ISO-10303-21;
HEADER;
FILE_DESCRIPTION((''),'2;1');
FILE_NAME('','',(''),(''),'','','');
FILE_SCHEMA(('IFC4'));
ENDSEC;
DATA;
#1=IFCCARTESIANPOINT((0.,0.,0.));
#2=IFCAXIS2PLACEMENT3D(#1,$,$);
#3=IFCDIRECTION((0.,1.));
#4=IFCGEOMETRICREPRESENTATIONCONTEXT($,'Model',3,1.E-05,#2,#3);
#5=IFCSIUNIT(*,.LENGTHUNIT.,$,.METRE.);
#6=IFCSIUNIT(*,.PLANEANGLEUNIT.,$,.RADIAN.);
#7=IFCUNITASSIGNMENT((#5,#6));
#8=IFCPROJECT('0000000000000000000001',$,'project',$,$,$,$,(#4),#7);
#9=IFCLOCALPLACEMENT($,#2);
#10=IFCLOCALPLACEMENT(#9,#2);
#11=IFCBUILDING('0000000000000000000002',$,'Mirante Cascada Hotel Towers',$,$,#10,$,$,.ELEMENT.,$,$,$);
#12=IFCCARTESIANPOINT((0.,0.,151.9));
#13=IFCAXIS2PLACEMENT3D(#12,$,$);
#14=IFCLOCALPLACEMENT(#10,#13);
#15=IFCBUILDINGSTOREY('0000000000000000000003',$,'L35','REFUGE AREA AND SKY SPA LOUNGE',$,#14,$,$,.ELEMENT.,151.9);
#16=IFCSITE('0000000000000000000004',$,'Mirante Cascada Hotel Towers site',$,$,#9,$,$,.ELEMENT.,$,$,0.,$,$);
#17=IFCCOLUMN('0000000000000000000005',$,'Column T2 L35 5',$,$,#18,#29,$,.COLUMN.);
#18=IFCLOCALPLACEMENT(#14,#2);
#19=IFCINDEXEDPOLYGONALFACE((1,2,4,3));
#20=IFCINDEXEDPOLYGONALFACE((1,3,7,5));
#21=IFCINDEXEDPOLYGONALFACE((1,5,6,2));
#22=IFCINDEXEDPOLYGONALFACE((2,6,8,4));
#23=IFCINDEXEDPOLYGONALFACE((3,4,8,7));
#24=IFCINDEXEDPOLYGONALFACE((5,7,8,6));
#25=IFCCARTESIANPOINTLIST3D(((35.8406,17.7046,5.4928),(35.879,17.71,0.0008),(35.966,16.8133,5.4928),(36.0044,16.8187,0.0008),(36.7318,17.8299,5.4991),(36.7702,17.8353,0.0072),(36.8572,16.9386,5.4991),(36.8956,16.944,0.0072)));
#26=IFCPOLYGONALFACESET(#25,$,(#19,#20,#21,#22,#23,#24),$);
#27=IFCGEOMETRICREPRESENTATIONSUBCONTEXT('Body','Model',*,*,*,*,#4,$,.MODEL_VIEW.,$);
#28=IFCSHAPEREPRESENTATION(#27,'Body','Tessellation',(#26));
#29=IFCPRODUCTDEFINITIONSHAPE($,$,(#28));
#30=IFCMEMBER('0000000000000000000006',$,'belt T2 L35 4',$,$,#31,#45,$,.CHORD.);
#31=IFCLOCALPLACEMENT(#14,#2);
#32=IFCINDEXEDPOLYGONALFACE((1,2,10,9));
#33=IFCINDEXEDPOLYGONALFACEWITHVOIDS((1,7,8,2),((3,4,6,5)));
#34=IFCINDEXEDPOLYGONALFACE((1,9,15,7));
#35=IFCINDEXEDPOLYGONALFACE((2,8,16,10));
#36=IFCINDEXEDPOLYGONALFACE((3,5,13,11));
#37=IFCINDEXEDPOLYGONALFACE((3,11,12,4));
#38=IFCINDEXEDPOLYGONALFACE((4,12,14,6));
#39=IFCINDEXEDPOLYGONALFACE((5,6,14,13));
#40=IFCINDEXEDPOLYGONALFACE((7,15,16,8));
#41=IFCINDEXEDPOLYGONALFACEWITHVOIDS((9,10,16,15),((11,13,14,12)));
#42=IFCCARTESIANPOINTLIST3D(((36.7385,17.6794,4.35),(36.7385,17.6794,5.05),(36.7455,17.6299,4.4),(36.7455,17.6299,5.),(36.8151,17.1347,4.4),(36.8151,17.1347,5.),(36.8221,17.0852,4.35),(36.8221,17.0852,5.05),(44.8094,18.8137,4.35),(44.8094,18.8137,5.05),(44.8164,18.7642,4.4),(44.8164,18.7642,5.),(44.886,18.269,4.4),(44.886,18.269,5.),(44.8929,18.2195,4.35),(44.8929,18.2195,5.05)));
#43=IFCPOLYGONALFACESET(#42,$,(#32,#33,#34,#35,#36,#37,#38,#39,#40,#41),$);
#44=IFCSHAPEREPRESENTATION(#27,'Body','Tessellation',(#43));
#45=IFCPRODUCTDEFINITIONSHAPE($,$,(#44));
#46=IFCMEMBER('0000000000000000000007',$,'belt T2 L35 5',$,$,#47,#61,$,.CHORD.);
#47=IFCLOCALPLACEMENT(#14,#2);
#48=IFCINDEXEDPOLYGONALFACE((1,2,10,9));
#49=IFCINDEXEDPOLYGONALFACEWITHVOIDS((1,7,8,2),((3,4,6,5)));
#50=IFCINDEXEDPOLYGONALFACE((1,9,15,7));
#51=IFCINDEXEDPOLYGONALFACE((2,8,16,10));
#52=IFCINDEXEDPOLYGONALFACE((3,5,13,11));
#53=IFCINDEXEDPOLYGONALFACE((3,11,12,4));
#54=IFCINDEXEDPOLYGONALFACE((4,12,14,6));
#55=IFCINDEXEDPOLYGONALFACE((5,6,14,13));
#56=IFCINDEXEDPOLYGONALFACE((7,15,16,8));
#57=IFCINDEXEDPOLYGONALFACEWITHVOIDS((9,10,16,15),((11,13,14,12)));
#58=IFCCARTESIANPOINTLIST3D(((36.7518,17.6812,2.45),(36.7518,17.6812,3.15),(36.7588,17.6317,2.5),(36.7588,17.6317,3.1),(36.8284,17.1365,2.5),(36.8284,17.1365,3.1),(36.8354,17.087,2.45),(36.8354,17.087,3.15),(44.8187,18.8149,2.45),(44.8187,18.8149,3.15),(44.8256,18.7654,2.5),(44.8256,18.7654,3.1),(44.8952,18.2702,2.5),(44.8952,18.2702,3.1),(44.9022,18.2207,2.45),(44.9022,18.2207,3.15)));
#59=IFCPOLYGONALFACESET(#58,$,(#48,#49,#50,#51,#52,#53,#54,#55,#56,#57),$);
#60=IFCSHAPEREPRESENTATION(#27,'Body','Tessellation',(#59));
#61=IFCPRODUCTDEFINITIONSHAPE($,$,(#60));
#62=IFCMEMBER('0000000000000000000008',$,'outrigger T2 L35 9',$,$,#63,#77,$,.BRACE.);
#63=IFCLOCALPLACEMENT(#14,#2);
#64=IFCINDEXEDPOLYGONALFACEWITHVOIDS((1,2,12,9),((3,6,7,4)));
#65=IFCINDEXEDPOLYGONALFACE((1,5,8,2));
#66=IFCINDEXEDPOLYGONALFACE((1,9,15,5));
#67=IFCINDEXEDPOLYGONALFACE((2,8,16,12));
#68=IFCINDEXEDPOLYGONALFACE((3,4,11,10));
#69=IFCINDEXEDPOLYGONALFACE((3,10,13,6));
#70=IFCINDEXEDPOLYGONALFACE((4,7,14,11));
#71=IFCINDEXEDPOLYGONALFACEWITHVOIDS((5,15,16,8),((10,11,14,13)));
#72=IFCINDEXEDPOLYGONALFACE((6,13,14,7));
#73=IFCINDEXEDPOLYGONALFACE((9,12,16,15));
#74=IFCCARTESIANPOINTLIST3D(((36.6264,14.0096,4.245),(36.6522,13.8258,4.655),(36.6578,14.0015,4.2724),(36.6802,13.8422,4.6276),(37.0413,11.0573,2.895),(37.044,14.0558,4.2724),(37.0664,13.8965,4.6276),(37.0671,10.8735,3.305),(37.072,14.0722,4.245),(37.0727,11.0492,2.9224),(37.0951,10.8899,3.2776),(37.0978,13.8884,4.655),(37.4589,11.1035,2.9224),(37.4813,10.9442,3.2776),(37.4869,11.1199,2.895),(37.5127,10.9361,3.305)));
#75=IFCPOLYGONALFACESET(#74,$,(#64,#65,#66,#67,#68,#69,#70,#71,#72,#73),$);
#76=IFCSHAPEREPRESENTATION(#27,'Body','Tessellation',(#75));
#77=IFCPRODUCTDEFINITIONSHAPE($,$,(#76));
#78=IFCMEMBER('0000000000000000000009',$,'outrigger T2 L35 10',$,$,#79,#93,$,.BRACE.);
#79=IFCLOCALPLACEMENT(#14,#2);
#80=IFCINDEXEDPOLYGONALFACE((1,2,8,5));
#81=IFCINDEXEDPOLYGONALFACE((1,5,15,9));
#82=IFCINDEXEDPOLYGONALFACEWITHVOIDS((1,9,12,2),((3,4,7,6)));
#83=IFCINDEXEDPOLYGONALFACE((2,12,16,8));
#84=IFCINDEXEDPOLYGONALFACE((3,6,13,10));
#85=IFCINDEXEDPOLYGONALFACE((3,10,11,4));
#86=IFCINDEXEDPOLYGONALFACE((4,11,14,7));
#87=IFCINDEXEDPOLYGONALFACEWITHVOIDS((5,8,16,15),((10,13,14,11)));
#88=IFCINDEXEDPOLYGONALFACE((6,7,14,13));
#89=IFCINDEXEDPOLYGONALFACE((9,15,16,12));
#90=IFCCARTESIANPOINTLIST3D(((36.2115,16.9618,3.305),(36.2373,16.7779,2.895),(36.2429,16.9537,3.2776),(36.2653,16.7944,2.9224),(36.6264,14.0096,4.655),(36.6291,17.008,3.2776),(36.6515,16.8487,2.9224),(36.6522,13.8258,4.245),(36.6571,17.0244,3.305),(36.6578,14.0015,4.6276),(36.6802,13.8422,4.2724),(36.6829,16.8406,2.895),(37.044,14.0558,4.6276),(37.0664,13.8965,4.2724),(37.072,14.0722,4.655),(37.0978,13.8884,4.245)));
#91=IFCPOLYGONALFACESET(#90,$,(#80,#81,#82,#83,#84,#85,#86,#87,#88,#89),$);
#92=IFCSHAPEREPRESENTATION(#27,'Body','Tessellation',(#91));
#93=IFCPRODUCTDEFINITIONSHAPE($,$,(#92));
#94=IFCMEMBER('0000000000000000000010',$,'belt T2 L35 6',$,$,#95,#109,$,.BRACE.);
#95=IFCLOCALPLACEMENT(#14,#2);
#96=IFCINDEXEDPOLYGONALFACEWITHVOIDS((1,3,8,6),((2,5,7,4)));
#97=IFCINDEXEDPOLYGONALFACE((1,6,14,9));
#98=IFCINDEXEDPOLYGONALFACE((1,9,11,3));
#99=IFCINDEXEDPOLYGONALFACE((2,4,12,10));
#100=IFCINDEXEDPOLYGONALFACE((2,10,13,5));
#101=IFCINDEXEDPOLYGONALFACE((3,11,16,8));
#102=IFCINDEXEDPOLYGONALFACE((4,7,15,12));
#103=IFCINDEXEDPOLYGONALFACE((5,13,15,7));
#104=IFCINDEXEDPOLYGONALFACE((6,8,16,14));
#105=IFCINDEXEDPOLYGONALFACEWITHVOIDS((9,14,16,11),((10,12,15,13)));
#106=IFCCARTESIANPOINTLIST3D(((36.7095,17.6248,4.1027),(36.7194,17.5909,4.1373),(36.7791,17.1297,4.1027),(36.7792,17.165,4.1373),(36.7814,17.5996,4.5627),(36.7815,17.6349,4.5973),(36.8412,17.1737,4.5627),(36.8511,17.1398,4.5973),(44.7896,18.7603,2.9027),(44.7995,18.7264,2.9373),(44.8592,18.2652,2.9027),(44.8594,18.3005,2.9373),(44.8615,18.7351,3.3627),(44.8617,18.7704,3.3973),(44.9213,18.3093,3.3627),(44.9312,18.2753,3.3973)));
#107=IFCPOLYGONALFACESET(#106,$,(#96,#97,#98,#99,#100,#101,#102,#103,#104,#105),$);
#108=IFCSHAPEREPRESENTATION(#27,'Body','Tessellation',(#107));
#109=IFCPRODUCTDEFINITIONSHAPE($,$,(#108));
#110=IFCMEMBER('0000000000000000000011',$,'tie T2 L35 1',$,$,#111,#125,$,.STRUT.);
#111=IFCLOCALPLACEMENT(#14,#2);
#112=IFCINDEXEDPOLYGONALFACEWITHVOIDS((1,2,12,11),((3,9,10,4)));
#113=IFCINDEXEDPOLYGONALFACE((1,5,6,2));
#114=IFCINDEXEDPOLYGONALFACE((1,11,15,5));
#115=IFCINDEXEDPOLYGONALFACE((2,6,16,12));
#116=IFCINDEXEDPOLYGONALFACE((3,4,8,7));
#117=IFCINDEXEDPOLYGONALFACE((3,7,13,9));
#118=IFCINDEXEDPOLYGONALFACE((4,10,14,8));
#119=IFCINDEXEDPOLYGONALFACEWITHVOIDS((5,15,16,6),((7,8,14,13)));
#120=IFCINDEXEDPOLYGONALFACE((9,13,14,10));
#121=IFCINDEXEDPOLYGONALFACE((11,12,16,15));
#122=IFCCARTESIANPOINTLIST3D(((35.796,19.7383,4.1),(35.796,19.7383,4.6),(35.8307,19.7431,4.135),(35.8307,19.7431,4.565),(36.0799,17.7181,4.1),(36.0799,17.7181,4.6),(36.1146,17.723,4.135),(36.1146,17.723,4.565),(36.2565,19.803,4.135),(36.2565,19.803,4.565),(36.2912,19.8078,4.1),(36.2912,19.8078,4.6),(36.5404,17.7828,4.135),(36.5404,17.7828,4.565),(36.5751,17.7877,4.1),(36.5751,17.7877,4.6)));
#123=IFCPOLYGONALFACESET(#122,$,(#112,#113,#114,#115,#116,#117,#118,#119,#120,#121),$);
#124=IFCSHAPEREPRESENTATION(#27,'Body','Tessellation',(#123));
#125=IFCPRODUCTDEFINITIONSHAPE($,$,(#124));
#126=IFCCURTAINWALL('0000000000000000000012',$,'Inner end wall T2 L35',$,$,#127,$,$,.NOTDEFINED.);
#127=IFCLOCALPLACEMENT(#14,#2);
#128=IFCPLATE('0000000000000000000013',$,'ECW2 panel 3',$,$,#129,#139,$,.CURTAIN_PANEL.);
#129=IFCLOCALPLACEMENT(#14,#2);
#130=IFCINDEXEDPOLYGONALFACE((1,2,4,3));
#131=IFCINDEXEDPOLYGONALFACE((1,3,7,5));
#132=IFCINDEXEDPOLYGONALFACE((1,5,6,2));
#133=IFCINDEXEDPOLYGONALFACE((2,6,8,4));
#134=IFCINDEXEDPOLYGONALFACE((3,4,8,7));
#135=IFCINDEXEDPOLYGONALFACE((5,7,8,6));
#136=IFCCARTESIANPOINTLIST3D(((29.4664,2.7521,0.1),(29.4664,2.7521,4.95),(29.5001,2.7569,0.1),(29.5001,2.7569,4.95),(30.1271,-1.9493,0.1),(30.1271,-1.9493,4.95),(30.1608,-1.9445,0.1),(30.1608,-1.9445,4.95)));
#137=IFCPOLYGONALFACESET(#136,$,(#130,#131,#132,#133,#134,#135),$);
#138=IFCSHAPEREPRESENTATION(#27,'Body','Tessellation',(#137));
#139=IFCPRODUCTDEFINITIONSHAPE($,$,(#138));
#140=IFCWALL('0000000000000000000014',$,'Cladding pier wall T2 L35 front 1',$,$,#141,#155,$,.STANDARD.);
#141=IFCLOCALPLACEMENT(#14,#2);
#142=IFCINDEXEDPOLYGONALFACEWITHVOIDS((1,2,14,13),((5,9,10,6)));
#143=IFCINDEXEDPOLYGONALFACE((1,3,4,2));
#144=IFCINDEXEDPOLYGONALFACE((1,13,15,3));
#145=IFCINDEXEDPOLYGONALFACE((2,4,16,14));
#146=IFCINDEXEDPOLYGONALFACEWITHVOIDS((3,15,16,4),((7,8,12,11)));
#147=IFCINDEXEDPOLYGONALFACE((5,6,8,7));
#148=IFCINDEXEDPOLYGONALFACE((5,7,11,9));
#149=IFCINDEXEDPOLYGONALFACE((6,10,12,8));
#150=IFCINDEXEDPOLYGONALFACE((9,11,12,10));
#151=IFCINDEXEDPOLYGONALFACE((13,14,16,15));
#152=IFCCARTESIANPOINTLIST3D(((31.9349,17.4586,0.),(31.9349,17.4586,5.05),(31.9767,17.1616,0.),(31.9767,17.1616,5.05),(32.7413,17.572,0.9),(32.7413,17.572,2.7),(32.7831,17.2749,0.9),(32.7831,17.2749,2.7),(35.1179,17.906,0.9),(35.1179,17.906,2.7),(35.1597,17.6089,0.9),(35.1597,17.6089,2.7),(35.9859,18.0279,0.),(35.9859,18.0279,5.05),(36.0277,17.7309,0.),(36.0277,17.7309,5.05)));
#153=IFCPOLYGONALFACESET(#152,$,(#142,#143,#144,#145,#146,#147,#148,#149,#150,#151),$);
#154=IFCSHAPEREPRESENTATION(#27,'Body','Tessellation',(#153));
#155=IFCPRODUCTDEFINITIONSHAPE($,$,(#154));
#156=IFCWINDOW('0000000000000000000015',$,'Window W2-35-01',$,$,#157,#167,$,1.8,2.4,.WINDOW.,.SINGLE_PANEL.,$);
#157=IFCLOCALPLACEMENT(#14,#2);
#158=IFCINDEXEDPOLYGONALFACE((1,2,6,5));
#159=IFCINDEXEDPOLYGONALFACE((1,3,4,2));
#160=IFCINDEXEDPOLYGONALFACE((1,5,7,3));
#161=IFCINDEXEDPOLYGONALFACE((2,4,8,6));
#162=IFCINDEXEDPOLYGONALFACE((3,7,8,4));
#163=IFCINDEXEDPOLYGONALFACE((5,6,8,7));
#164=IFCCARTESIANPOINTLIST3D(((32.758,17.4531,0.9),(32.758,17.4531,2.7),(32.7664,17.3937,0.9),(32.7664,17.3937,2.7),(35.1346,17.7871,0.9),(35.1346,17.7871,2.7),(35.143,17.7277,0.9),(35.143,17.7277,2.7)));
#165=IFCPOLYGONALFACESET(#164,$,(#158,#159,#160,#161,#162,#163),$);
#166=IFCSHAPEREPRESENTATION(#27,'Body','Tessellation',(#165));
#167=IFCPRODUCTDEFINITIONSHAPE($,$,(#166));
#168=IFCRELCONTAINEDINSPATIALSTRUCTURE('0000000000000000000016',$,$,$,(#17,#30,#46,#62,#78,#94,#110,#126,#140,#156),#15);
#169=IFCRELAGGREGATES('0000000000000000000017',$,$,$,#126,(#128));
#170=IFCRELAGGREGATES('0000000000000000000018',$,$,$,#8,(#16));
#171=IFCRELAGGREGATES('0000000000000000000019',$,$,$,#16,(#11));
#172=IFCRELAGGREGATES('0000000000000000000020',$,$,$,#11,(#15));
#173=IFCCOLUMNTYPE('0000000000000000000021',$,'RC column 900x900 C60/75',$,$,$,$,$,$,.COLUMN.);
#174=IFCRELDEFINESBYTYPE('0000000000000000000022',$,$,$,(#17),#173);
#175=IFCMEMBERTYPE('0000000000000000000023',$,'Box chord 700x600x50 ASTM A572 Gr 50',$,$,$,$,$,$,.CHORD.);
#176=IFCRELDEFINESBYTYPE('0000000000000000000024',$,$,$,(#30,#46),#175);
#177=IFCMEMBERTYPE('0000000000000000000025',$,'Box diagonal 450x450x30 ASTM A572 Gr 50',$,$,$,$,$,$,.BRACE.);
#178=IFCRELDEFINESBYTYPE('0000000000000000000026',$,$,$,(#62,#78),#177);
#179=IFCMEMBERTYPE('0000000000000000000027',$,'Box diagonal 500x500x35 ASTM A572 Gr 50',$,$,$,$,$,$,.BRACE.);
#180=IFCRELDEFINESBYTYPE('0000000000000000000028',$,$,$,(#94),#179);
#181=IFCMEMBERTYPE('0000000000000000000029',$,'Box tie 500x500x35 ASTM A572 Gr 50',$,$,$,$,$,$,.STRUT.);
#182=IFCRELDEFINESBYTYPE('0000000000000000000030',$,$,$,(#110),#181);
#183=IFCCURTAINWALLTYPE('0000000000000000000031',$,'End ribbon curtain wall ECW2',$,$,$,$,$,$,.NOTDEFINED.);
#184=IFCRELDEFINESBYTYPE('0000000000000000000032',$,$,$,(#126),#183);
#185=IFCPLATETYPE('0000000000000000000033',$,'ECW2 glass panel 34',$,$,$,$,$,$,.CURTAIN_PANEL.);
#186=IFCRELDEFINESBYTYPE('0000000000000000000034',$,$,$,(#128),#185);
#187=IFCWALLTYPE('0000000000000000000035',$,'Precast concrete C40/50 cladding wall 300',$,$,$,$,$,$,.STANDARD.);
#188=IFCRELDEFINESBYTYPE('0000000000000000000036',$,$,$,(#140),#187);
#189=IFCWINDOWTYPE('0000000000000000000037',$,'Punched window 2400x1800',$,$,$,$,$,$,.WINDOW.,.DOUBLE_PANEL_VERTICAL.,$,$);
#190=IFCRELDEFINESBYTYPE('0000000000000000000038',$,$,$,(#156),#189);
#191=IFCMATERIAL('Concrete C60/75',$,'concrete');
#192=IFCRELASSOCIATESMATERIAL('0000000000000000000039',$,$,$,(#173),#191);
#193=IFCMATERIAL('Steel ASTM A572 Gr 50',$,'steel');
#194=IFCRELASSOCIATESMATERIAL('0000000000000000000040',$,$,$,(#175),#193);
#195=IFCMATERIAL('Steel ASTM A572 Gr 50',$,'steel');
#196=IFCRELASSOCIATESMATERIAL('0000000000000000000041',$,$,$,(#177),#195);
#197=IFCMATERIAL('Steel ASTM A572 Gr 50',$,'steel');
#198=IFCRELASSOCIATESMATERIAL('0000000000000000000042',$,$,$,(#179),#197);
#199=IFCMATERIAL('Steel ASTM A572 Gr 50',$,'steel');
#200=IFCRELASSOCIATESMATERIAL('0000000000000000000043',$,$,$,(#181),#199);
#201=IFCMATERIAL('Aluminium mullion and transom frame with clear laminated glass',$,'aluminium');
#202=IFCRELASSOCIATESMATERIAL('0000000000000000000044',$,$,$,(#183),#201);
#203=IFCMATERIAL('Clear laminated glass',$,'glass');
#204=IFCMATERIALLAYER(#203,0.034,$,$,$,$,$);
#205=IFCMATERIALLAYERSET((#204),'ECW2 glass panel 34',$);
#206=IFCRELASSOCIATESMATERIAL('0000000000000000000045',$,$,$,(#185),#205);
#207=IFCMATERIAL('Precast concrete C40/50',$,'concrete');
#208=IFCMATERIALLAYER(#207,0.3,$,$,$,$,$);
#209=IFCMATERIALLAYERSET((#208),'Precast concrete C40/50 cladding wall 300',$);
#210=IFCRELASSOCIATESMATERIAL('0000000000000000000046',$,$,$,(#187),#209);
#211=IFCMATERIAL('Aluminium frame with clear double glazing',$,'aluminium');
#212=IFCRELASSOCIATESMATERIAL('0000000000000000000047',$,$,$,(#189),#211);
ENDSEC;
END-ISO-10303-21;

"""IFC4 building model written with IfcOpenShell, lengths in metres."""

from ifc_helpers import new_model, si_unit, direction, frame, frame_2d, origin, origin_2d, place, context, subcontext, project, spatial, rectangle, hollow_rectangle, extrude, material, layer, layer_set, material_profile, profile_set, type_object, element, fill, aggregate, save


model = new_model("IFC4")

# Units and contexts
model_context = context("Model", 3, precision=1e-05, world=origin(), true_north=direction((0.0, 1.0)))
body_context = subcontext(model_context, "Body", "Model", "MODEL_VIEW")
ifc_project = project(units=[si_unit("LENGTHUNIT", "METRE"), si_unit("PLANEANGLEUNIT", "RADIAN")], contexts=[model_context])

# Site, building, storey
site_placement = place(None, origin())
site = spatial("IfcSite", under=ifc_project, at=site_placement, Name="Mirante Cascada Hotel Towers site", CompositionType="ELEMENT", RefElevation=0.0)
building_placement = place(site_placement, origin())
building = spatial("IfcBuilding", under=site, at=building_placement, Name="Mirante Cascada Hotel Towers", CompositionType="ELEMENT")
storey_placement = place(building_placement, frame((0.0, 0.0, 151.9)))
storey = spatial("IfcBuildingStorey", under=building, at=storey_placement, Name="L35", Description="REFUGE AREA AND SKY SPA LOUNGE", CompositionType="ELEMENT", Elevation=151.9)

# Column
ifc_material_1 = material(Name="Concrete C60/75", Category="concrete")
ifc_material_profile_1 = material_profile(ifc_material_1, rectangle(XDim=0.9, YDim=0.9, at=origin_2d()), Name="RC column 900x900 C60/75")
ifc_profile_set_1 = profile_set([ifc_material_profile_1], Name="Concrete C60/75")
column_type = type_object("IfcColumnType", Name="RC column 900x900 C60/75", PredefinedType="COLUMN", material=ifc_profile_set_1)
column_placement = place(storey_placement, frame((36.3873, 17.327, 0.004), z_axis=(-0.006992, -0.000983, 0.999975), x_axis=(0.139255, -0.990257, 0.0)))
element("IfcColumn", 1, at=column_placement, inside=storey, type_object=column_type, Name="Column T2 L35 5", PredefinedType="COLUMN", context=body_context, shape_type="SweptSolid", body=[
    extrude(rectangle(XDim=0.9, YDim=0.9, at=origin_2d()), origin(), (0.0, 0.0, 1.0), 5.4921),
])

# Members
ifc_material_2 = material(Name="Steel ASTM A572 Gr 50", Category="steel")
ifc_material_profile_2 = material_profile(ifc_material_2, hollow_rectangle(XDim=0.6, YDim=0.7, WallThickness=0.05, at=origin_2d()), Name="Box chord 700x600x50 ASTM A572 Gr 50")
ifc_profile_set_2 = profile_set([ifc_material_profile_2], Name="Steel ASTM A572 Gr 50")
member_type_1 = type_object("IfcMemberType", Name="Box chord 700x600x50 ASTM A572 Gr 50", PredefinedType="CHORD", material=ifc_profile_set_2)
member_1_placement = place(storey_placement, frame((36.7803, 17.3823, 4.7), z_axis=(0.990268, 0.139174, 0.0), x_axis=(-0.139174, 0.990268, 0.0)))
element("IfcMember", 2, at=member_1_placement, inside=storey, type_object=member_type_1, Name="belt T2 L35 4", PredefinedType="CHORD", context=body_context, shape_type="SweptSolid", body=[
    extrude(hollow_rectangle(XDim=0.6, YDim=0.7, WallThickness=0.05, at=origin_2d()), origin(), (0.0, 0.0, 1.0), 8.1502),
])
member_2_placement = place(storey_placement, frame((36.7936, 17.3841, 2.8), z_axis=(0.990268, 0.139171, 0.0), x_axis=(-0.139171, 0.990268, 0.0)))
element("IfcMember", 3, at=member_2_placement, inside=storey, type_object=member_type_1, Name="belt T2 L35 5", PredefinedType="CHORD", context=body_context, shape_type="SweptSolid", body=[
    extrude(hollow_rectangle(XDim=0.6, YDim=0.7, WallThickness=0.05, at=origin_2d()), origin(), (0.0, 0.0, 1.0), 8.1461),
])
ifc_material_3 = material(Name="Steel ASTM A572 Gr 50", Category="steel")
ifc_material_profile_3 = material_profile(ifc_material_3, hollow_rectangle(XDim=0.45, YDim=0.45, WallThickness=0.03, at=origin_2d()), Name="Box diagonal 450x450x30 ASTM A572 Gr 50")
ifc_profile_set_3 = profile_set([ifc_material_profile_3], Name="Steel ASTM A572 Gr 50")
member_type_2 = type_object("IfcMemberType", Name="Box diagonal 450x450x30 ASTM A572 Gr 50", PredefinedType="BRACE", material=ifc_profile_set_3)
member_3_placement = place(storey_placement, frame((37.277, 10.9967, 3.1), z_axis=(-0.126775, 0.902093, 0.4125), x_axis=(-0.990269, -0.139167, 0.0)))
element("IfcMember", 4, at=member_3_placement, inside=storey, type_object=member_type_2, Name="outrigger T2 L35 9", PredefinedType="BRACE", context=body_context, shape_type="SweptSolid", body=[
    extrude(hollow_rectangle(XDim=0.45, YDim=0.45, WallThickness=0.03, at=origin_2d()), origin(), (0.0, 0.0, 1.0), 3.2727),
])
member_4_placement = place(storey_placement, frame((36.8621, 13.949, 4.45), z_axis=(-0.126779, 0.902087, -0.412512), x_axis=(-0.990268, -0.139172, 0.0)))
element("IfcMember", 5, at=member_4_placement, inside=storey, type_object=member_type_2, Name="outrigger T2 L35 10", PredefinedType="BRACE", context=body_context, shape_type="SweptSolid", body=[
    extrude(hollow_rectangle(XDim=0.45, YDim=0.45, WallThickness=0.03, at=origin_2d()), origin(), (0.0, 0.0, 1.0), 3.2726),
])
ifc_material_4 = material(Name="Steel ASTM A572 Gr 50", Category="steel")
ifc_material_profile_4 = material_profile(ifc_material_4, hollow_rectangle(XDim=0.5, YDim=0.5, WallThickness=0.035, at=origin_2d()), Name="Box diagonal 500x500x35 ASTM A572 Gr 50")
ifc_profile_set_4 = profile_set([ifc_material_profile_4], Name="Steel ASTM A572 Gr 50")
member_type_3 = type_object("IfcMemberType", Name="Box diagonal 500x500x35 ASTM A572 Gr 50", PredefinedType="BRACE", material=ifc_profile_set_4)
member_5_placement = place(storey_placement, frame((36.7803, 17.3823, 4.35), z_axis=(0.979731, 0.137682, -0.145503), x_axis=(-0.139163, 0.99027, 0.0)))
element("IfcMember", 6, at=member_5_placement, inside=storey, type_object=member_type_3, Name="belt T2 L35 6", PredefinedType="BRACE", context=body_context, shape_type="SweptSolid", body=[
    extrude(hollow_rectangle(XDim=0.5, YDim=0.5, WallThickness=0.035, at=origin_2d()), origin(), (0.0, 0.0, 1.0), 8.2473),
])
ifc_material_5 = material(Name="Steel ASTM A572 Gr 50", Category="steel")
ifc_material_profile_5 = material_profile(ifc_material_5, hollow_rectangle(XDim=0.5, YDim=0.5, WallThickness=0.035, at=origin_2d()), Name="Box tie 500x500x35 ASTM A572 Gr 50")
ifc_profile_set_5 = profile_set([ifc_material_profile_5], Name="Steel ASTM A572 Gr 50")
member_type_4 = type_object("IfcMemberType", Name="Box tie 500x500x35 ASTM A572 Gr 50", PredefinedType="STRUT", material=ifc_profile_set_5)
member_6_placement = place(storey_placement, frame((36.3275, 17.7529, 4.35), z_axis=(-0.13917, 0.990268, 0.0), x_axis=(-0.990268, -0.13917, 0.0)))
element("IfcMember", 7, at=member_6_placement, inside=storey, type_object=member_type_4, Name="tie T2 L35 1", PredefinedType="STRUT", context=body_context, shape_type="SweptSolid", body=[
    extrude(hollow_rectangle(XDim=0.5, YDim=0.5, WallThickness=0.035, at=origin_2d()), origin(), (0.0, 0.0, 1.0), 2.04),
])

# Curtain wall, plate
ifc_material_6 = material(Name="Aluminium mullion and transom frame with clear laminated glass", Category="aluminium")
curtain_wall_type = type_object("IfcCurtainWallType", Name="End ribbon curtain wall ECW2", PredefinedType="NOTDEFINED", material=ifc_material_6)
curtain_wall_placement = place(storey_placement, origin())
curtain_wall = element("IfcCurtainWall", 8, at=curtain_wall_placement, inside=storey, type_object=curtain_wall_type, Name="Inner end wall T2 L35", PredefinedType="NOTDEFINED")
ifc_material_7 = material(Name="Clear laminated glass", Category="glass")
ifc_layer_1 = layer(ifc_material_7, 0.034)
ifc_layer_set_1 = layer_set([ifc_layer_1], Name="ECW2 glass panel 34")
plate_type = type_object("IfcPlateType", Name="ECW2 glass panel 34", PredefinedType="CURTAIN_PANEL", material=ifc_layer_set_1)
plate_placement = place(storey_placement, frame((29.8136, 0.4038, 0.1), z_axis=(0.0, 0.0, 1.0), x_axis=(0.139173, -0.990268, 0.0)))
plate = element("IfcPlate", 9, at=plate_placement, type_object=plate_type, Name="ECW2 panel 3", PredefinedType="CURTAIN_PANEL", context=body_context, shape_type="SweptSolid", body=[
    extrude(rectangle(XDim=4.7476, YDim=0.034, at=origin_2d()), origin(), (0.0, 0.0, 1.0), 4.85),
])
aggregate(curtain_wall, [plate])

# Wall, opening, window
ifc_material_8 = material(Name="Precast concrete C40/50", Category="concrete")
ifc_layer_2 = layer(ifc_material_8, 0.3)
ifc_layer_set_2 = layer_set([ifc_layer_2], Name="Precast concrete C40/50 cladding wall 300")
wall_type = type_object("IfcWallType", Name="Precast concrete C40/50 cladding wall 300", PredefinedType="STANDARD", material=ifc_layer_set_2)
wall_1_placement = place(storey_placement, frame((31.9558, 17.3101, 0.0), z_axis=(0.0, 0.0, 1.0), x_axis=(0.990269, 0.139166, 0.0)))
wall_1 = element("IfcWall", 10, at=wall_1_placement, inside=storey, type_object=wall_type, Name="Cladding pier wall T2 L35 front 1", PredefinedType="STANDARD", context=body_context, shape_type="SweptSolid", body=[
    extrude(rectangle(XDim=4.0908, YDim=0.3, at=frame_2d((2.0454, 0.0))), origin(), (0.0, 0.0, 1.0), 5.05),
])
opening_1_placement = place(wall_1_placement, frame((0.8143, 0.0, 0.9)))
opening_1 = element("IfcOpeningElement", 11, at=opening_1_placement, cuts=wall_1, PredefinedType="OPENING", context=body_context, shape_type="SweptSolid", body=[
    extrude(rectangle(XDim=2.4, YDim=1.8, at=frame_2d((1.2, 0.9))), frame((0.0, 0.15, 0.0), z_axis=(0.0, -1.0, 0.0), x_axis=(1.0, 0.0, 0.0)), (0.0, 0.0, 1.0), 0.3),
])
ifc_material_9 = material(Name="Aluminium frame with clear double glazing", Category="aluminium")
window_type_1 = type_object("IfcWindowType", Name="Punched window 2400x1800", PartitioningType="DOUBLE_PANEL_VERTICAL", PredefinedType="WINDOW", material=ifc_material_9)
window_1_placement = place(opening_1_placement, origin())
window_1 = element("IfcWindow", 12, at=window_1_placement, inside=storey, type_object=window_type_1, Name="Window W2-35-01", OverallHeight=1.8, OverallWidth=2.4, PartitioningType="SINGLE_PANEL", PredefinedType="WINDOW", context=body_context, shape_type="SweptSolid", body=[
    extrude(rectangle(XDim=2.4, YDim=1.8, at=frame_2d((1.2, 0.9))), frame((0.0, 0.03, 0.0), z_axis=(0.0, -1.0, 0.0), x_axis=(1.0, 0.0, 0.0)), (0.0, 0.0, 1.0), 0.06),
])
fill(opening_1, window_1)

save(model, "model.ifc")
